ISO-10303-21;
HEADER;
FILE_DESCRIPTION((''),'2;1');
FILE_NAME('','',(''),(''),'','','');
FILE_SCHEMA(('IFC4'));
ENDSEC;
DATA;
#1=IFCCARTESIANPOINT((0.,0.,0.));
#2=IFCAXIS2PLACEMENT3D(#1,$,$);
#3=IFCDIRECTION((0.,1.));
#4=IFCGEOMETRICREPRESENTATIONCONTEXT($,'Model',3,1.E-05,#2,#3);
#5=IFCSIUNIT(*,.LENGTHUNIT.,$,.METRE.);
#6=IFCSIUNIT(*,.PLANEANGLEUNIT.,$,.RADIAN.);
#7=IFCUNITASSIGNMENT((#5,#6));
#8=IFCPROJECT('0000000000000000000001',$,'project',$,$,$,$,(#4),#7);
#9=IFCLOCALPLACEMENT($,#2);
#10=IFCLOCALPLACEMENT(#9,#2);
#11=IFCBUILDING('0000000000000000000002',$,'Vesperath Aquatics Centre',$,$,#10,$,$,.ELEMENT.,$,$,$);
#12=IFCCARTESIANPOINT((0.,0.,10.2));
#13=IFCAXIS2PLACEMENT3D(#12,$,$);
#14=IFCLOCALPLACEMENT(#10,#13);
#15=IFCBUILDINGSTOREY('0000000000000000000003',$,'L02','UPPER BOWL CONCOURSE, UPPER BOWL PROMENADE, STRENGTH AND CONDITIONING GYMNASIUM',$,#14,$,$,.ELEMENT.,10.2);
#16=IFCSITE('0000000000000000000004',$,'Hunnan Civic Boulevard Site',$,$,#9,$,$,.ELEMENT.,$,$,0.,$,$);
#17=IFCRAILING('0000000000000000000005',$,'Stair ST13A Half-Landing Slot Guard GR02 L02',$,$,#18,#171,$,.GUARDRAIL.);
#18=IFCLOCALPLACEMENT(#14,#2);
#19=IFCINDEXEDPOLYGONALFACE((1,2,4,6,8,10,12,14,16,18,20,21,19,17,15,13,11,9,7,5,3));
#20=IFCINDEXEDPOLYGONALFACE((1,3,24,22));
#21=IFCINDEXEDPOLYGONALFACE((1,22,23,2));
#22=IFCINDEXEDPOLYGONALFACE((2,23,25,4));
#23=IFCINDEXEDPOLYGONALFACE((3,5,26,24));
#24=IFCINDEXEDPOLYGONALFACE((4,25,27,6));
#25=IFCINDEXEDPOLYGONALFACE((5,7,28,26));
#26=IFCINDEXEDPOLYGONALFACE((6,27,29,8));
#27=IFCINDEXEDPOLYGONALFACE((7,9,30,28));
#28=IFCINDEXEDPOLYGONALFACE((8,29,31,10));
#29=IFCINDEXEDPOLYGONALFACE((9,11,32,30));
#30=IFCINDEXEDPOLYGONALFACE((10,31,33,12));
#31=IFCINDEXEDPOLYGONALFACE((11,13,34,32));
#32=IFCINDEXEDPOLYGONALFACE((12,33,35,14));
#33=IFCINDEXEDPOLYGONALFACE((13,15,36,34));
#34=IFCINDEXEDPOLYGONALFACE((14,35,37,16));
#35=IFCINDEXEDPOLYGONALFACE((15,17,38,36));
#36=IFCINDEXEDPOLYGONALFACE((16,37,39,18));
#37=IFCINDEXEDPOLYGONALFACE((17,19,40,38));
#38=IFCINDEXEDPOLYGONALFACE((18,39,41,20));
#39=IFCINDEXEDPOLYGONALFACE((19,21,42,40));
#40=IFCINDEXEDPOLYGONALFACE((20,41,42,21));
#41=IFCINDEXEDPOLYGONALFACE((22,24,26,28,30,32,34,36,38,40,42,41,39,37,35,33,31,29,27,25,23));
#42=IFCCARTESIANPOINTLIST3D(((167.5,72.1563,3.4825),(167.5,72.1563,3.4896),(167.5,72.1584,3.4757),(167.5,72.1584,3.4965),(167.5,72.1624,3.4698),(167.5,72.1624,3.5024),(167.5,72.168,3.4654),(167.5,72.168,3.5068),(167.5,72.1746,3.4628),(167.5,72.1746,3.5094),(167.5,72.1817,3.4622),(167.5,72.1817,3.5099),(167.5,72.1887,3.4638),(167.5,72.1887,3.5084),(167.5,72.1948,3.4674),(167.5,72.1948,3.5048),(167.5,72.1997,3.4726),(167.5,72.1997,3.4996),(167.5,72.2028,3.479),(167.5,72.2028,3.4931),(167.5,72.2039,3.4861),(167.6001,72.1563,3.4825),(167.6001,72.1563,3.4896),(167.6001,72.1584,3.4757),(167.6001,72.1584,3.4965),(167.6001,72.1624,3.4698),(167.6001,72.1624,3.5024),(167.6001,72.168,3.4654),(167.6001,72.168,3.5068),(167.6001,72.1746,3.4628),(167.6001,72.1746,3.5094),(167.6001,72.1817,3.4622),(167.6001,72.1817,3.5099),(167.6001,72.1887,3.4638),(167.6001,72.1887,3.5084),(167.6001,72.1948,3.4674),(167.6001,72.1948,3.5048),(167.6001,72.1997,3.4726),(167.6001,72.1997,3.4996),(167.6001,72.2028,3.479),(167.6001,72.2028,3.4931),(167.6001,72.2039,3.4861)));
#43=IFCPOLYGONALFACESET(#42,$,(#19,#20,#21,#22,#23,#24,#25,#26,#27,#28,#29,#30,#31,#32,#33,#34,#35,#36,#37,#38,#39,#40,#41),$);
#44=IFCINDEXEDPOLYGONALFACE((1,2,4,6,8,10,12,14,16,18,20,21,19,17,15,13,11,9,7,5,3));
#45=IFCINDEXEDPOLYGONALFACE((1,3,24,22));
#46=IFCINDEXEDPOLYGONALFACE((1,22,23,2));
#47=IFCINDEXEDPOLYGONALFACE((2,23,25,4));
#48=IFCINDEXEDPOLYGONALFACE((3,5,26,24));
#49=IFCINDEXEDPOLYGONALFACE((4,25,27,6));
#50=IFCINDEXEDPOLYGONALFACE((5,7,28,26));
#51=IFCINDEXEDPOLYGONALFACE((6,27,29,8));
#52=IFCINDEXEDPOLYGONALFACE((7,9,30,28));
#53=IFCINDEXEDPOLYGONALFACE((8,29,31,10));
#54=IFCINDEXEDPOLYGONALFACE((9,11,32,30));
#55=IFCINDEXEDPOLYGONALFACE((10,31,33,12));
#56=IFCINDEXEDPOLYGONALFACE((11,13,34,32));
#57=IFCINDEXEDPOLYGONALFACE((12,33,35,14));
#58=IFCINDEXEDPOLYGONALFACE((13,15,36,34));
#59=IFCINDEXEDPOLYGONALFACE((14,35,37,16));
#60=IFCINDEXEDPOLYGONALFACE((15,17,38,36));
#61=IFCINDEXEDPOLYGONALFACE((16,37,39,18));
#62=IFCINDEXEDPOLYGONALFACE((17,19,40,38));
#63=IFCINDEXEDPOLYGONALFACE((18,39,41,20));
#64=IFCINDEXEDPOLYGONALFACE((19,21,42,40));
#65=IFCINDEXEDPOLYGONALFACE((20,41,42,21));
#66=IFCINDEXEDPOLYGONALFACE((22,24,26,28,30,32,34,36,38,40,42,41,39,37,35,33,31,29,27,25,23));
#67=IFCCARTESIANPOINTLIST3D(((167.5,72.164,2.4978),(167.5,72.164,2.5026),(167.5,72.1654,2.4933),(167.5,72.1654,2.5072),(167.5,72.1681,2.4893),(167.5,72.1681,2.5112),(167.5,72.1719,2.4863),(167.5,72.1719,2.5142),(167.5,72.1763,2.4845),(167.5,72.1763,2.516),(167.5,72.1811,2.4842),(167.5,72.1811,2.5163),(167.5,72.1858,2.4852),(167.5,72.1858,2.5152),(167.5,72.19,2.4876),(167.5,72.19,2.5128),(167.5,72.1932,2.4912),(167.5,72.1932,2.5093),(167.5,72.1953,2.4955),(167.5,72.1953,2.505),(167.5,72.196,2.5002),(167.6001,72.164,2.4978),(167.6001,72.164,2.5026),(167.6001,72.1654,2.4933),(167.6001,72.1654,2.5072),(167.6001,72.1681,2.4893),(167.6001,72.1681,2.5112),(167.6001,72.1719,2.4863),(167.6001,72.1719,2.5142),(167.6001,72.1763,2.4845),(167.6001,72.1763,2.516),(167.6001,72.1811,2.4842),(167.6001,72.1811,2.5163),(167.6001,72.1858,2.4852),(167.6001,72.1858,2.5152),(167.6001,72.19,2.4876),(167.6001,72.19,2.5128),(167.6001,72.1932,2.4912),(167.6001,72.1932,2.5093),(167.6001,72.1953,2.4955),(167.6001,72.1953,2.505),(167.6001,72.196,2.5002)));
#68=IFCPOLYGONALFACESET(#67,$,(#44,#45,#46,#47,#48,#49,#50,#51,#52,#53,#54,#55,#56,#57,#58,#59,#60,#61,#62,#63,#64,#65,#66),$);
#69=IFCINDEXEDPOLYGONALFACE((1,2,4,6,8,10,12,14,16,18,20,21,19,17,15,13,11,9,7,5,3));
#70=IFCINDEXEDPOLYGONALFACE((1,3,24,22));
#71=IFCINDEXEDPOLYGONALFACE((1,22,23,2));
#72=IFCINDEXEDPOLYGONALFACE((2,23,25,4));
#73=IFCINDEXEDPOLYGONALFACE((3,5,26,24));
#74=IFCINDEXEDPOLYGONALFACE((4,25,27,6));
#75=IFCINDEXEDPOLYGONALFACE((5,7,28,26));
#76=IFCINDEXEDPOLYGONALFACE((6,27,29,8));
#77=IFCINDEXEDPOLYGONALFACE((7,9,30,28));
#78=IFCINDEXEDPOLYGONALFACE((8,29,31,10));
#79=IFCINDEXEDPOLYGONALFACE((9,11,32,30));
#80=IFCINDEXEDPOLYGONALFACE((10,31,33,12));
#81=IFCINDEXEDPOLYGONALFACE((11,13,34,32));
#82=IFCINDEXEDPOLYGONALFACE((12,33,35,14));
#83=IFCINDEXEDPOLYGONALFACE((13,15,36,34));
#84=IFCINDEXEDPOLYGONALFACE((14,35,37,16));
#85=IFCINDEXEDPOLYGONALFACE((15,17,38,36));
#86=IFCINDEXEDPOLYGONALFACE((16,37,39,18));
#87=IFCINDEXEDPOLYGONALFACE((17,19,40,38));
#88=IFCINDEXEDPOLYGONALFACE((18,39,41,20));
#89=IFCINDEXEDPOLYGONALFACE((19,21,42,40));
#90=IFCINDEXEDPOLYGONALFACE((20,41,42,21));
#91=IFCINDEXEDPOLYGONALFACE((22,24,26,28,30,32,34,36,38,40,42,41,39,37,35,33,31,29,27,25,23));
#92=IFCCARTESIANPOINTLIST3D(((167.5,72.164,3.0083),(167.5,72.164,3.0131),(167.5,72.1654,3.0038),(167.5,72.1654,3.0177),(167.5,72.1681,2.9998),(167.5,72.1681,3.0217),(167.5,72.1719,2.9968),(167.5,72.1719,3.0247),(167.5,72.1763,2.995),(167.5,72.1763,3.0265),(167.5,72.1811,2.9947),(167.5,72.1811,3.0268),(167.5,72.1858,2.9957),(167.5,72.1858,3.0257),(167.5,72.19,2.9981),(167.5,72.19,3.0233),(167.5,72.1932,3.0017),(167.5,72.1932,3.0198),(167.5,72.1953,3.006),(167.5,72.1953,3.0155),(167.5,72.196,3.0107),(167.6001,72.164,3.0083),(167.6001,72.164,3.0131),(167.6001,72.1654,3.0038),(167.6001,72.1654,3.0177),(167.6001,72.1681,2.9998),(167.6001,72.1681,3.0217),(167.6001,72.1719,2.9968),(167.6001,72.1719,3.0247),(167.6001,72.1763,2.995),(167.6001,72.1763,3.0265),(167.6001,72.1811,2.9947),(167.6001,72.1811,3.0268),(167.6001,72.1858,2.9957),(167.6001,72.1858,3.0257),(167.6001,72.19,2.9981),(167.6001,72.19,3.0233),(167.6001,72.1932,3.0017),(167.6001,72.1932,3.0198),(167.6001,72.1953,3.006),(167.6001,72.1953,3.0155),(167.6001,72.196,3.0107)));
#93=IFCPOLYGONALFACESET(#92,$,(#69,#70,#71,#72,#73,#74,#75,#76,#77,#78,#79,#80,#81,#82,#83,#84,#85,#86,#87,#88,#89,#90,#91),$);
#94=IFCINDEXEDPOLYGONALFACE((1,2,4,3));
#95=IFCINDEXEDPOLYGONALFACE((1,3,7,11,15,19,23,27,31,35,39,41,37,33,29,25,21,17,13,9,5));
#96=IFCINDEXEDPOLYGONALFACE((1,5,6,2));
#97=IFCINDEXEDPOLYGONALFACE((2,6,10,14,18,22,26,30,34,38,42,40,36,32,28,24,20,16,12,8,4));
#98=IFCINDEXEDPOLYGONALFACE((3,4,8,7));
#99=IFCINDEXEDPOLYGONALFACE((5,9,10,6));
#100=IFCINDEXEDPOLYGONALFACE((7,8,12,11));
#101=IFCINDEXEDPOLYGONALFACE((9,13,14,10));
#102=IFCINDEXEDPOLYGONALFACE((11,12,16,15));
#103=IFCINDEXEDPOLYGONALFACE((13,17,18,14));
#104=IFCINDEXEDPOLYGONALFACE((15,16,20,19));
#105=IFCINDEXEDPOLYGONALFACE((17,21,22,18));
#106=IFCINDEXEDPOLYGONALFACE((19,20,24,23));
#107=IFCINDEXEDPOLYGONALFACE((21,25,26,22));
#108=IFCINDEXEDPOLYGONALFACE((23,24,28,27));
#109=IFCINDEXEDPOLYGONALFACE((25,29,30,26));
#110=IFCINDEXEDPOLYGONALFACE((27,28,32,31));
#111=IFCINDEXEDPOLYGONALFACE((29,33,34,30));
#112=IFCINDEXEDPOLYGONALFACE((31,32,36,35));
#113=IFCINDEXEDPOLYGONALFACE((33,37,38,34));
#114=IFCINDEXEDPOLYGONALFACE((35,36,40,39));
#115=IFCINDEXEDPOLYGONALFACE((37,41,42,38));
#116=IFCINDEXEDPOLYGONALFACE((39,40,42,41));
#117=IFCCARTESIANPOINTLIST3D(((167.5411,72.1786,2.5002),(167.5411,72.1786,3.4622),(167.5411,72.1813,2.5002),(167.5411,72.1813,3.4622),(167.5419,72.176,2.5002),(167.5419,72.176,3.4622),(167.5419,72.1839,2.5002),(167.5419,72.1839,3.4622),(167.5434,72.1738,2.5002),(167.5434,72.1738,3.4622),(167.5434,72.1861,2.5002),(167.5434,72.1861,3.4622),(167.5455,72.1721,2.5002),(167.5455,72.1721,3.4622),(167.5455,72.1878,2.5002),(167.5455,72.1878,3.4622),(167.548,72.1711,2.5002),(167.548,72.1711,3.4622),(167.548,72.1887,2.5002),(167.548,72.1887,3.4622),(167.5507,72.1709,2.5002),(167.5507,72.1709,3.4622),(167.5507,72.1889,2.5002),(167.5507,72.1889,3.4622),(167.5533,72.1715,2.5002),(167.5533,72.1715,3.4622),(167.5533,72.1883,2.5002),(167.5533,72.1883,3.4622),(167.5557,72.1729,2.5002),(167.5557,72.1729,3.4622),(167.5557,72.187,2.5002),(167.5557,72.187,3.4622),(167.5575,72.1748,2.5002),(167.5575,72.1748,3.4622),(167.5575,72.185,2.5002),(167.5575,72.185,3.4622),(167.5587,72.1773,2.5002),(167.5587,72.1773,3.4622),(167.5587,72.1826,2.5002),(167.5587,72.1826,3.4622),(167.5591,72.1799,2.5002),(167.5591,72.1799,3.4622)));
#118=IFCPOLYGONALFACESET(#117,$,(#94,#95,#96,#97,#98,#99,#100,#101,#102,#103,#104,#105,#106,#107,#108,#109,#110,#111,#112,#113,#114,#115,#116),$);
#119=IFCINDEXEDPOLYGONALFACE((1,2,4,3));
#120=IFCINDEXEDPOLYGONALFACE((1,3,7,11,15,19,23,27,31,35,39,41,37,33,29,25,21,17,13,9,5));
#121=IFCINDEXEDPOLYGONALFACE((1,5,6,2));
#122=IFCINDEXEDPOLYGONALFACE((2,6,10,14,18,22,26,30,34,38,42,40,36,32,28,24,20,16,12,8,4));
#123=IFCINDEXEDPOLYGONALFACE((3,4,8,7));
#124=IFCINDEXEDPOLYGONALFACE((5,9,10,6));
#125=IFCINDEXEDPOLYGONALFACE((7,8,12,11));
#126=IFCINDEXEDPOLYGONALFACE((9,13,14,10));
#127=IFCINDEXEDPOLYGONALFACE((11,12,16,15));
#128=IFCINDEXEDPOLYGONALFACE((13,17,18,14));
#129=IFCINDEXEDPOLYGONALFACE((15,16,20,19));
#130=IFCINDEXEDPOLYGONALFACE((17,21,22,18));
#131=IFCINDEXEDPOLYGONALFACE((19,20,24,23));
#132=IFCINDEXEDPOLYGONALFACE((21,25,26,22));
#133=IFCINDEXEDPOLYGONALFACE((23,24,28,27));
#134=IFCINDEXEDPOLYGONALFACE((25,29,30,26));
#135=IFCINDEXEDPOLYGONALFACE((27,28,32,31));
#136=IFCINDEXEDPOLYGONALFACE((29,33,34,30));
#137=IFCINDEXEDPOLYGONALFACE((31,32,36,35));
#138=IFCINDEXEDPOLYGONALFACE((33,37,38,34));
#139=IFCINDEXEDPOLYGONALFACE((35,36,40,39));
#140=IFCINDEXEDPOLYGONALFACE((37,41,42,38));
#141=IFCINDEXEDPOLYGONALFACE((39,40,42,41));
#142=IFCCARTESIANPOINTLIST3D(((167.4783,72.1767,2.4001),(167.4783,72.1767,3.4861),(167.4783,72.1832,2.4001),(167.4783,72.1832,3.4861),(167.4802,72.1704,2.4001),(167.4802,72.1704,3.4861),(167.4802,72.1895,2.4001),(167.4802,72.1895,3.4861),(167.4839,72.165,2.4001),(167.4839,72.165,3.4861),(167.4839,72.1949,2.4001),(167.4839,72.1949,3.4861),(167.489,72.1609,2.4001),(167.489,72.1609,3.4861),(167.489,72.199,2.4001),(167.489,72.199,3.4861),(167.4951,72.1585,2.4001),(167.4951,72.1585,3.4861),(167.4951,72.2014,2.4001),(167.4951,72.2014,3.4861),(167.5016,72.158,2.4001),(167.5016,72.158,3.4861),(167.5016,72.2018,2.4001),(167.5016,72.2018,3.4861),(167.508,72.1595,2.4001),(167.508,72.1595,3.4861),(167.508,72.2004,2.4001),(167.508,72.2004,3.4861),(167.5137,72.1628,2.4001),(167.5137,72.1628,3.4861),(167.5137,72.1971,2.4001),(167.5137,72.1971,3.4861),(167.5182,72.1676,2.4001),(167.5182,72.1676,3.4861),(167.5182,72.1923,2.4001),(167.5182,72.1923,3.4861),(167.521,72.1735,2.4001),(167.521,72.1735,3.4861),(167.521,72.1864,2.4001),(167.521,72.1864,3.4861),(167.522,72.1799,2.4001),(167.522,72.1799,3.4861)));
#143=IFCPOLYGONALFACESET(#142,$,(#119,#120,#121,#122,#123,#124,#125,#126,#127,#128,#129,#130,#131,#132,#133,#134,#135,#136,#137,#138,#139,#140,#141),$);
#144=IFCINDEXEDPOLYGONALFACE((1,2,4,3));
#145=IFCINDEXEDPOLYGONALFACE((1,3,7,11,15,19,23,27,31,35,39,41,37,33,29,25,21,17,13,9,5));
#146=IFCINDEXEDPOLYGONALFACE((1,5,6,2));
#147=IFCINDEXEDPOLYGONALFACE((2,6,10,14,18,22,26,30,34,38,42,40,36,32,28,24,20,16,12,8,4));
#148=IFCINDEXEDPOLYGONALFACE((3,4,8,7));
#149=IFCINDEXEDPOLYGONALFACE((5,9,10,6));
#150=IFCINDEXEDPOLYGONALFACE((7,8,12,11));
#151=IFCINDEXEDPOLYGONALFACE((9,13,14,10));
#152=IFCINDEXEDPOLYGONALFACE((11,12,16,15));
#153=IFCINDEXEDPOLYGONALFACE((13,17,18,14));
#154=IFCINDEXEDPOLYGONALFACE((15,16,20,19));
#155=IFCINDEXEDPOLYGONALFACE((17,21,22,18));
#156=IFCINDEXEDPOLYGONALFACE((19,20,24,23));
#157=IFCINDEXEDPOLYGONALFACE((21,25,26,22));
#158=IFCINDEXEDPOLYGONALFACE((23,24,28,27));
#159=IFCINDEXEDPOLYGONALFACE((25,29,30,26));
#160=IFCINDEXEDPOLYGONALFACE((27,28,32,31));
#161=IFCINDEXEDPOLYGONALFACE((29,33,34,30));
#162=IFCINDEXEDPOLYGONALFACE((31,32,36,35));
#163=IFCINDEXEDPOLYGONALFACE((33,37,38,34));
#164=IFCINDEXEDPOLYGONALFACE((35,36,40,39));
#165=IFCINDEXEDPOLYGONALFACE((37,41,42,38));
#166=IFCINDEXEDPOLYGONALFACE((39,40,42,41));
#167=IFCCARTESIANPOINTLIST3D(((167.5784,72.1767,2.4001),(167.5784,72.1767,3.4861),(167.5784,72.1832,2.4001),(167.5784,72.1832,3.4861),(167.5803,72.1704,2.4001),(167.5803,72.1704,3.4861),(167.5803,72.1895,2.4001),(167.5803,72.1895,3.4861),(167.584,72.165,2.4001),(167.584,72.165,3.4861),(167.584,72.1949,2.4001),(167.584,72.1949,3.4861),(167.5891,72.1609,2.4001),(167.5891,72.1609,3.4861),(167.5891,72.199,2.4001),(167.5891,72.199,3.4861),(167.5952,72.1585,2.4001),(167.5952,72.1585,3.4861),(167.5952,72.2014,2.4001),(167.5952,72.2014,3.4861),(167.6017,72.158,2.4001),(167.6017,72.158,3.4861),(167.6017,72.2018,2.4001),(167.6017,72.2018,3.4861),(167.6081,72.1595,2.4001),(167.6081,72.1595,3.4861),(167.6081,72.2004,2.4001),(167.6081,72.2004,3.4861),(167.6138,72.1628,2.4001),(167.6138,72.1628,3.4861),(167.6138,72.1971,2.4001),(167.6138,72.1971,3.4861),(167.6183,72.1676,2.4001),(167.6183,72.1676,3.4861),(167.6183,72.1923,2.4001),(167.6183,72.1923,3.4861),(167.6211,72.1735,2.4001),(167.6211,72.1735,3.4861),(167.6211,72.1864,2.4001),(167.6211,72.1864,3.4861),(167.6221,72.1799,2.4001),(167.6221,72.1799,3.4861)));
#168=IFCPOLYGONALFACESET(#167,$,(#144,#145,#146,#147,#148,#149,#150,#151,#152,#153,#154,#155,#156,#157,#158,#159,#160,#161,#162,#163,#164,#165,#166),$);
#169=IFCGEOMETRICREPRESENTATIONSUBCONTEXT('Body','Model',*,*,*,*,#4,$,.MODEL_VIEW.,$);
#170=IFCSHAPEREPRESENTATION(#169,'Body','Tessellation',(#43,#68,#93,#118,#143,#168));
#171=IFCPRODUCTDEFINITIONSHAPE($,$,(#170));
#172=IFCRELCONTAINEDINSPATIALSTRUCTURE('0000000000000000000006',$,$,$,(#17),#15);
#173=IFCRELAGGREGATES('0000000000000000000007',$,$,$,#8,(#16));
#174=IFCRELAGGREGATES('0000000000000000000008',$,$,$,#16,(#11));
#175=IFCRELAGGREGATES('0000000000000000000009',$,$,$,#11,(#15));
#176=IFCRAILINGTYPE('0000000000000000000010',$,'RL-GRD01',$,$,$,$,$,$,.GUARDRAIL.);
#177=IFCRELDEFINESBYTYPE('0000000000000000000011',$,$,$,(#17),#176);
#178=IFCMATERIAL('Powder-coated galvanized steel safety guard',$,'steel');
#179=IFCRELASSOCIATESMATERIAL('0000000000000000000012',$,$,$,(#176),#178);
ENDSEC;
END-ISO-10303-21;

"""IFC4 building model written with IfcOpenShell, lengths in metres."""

from ifc_helpers import new_model, si_unit, direction, frame, origin, origin_2d, place, context, subcontext, project, spatial, circle, extrude, material, type_object, element, save


model = new_model("IFC4")

# Units and contexts
model_context = context("Model", 3, precision=1e-05, world=origin(), true_north=direction((0.0, 1.0)))
body_context = subcontext(model_context, "Body", "Model", "MODEL_VIEW")
ifc_project = project(units=[si_unit("LENGTHUNIT", "METRE"), si_unit("PLANEANGLEUNIT", "RADIAN")], contexts=[model_context])

# Site, building, storey
site_placement = place(None, origin())
site = spatial("IfcSite", under=ifc_project, at=site_placement, Name="Hunnan Civic Boulevard Site", CompositionType="ELEMENT", RefElevation=0.0)
building_placement = place(site_placement, origin())
building = spatial("IfcBuilding", under=site, at=building_placement, Name="Vesperath Aquatics Centre", CompositionType="ELEMENT")
storey_placement = place(building_placement, frame((0.0, 0.0, 10.2)))
storey = spatial("IfcBuildingStorey", under=building, at=storey_placement, Name="L02", Description="UPPER BOWL CONCOURSE, UPPER BOWL PROMENADE, STRENGTH AND CONDITIONING GYMNASIUM", CompositionType="ELEMENT", Elevation=10.2)

# Railing
ifc_material_1 = material(Name="Powder-coated galvanized steel safety guard", Category="steel")
railing_type_1 = type_object("IfcRailingType", Name="RL-GRD01", PredefinedType="GUARDRAIL", material=ifc_material_1)
railing_1_placement = place(storey_placement, frame((167.5, 72.1799, 2.4001)))
element("IfcRailing", 1, at=railing_1_placement, inside=storey, type_object=railing_type_1, Name="Stair ST13A Half-Landing Slot Guard GR02 L02", PredefinedType="GUARDRAIL", context=body_context, shape_type="SweptSolid", body=[
    extrude(circle(Radius=0.0239, at=origin_2d()), frame((0.0, 0.0, 1.0859), z_axis=(1.0, 0.0, 0.0), x_axis=(0.0, 1.0, 0.0)), (0.0, 0.0, 1.0), 0.1001),
    extrude(circle(Radius=0.0161, at=origin_2d()), frame((0.0, 0.0, 0.1001), z_axis=(1.0, 0.0, 0.0), x_axis=(0.0, 1.0, 0.0)), (0.0, 0.0, 1.0), 0.1001),
    extrude(circle(Radius=0.0161, at=origin_2d()), frame((0.0, 0.0, 0.6106), z_axis=(1.0, 0.0, 0.0), x_axis=(0.0, 1.0, 0.0)), (0.0, 0.0, 1.0), 0.1001),
    extrude(circle(Radius=0.009, at=origin_2d()), frame((0.05, 0.0, 0.1001)), (0.0, 0.0, 1.0), 0.9619),
    extrude(circle(Radius=0.022, at=origin_2d()), origin(), (0.0, 0.0, 1.0), 1.0859),
    extrude(circle(Radius=0.022, at=origin_2d()), frame((0.1001, 0.0, 0.0)), (0.0, 0.0, 1.0), 1.0859),
])

save(model, "model.ifc")
